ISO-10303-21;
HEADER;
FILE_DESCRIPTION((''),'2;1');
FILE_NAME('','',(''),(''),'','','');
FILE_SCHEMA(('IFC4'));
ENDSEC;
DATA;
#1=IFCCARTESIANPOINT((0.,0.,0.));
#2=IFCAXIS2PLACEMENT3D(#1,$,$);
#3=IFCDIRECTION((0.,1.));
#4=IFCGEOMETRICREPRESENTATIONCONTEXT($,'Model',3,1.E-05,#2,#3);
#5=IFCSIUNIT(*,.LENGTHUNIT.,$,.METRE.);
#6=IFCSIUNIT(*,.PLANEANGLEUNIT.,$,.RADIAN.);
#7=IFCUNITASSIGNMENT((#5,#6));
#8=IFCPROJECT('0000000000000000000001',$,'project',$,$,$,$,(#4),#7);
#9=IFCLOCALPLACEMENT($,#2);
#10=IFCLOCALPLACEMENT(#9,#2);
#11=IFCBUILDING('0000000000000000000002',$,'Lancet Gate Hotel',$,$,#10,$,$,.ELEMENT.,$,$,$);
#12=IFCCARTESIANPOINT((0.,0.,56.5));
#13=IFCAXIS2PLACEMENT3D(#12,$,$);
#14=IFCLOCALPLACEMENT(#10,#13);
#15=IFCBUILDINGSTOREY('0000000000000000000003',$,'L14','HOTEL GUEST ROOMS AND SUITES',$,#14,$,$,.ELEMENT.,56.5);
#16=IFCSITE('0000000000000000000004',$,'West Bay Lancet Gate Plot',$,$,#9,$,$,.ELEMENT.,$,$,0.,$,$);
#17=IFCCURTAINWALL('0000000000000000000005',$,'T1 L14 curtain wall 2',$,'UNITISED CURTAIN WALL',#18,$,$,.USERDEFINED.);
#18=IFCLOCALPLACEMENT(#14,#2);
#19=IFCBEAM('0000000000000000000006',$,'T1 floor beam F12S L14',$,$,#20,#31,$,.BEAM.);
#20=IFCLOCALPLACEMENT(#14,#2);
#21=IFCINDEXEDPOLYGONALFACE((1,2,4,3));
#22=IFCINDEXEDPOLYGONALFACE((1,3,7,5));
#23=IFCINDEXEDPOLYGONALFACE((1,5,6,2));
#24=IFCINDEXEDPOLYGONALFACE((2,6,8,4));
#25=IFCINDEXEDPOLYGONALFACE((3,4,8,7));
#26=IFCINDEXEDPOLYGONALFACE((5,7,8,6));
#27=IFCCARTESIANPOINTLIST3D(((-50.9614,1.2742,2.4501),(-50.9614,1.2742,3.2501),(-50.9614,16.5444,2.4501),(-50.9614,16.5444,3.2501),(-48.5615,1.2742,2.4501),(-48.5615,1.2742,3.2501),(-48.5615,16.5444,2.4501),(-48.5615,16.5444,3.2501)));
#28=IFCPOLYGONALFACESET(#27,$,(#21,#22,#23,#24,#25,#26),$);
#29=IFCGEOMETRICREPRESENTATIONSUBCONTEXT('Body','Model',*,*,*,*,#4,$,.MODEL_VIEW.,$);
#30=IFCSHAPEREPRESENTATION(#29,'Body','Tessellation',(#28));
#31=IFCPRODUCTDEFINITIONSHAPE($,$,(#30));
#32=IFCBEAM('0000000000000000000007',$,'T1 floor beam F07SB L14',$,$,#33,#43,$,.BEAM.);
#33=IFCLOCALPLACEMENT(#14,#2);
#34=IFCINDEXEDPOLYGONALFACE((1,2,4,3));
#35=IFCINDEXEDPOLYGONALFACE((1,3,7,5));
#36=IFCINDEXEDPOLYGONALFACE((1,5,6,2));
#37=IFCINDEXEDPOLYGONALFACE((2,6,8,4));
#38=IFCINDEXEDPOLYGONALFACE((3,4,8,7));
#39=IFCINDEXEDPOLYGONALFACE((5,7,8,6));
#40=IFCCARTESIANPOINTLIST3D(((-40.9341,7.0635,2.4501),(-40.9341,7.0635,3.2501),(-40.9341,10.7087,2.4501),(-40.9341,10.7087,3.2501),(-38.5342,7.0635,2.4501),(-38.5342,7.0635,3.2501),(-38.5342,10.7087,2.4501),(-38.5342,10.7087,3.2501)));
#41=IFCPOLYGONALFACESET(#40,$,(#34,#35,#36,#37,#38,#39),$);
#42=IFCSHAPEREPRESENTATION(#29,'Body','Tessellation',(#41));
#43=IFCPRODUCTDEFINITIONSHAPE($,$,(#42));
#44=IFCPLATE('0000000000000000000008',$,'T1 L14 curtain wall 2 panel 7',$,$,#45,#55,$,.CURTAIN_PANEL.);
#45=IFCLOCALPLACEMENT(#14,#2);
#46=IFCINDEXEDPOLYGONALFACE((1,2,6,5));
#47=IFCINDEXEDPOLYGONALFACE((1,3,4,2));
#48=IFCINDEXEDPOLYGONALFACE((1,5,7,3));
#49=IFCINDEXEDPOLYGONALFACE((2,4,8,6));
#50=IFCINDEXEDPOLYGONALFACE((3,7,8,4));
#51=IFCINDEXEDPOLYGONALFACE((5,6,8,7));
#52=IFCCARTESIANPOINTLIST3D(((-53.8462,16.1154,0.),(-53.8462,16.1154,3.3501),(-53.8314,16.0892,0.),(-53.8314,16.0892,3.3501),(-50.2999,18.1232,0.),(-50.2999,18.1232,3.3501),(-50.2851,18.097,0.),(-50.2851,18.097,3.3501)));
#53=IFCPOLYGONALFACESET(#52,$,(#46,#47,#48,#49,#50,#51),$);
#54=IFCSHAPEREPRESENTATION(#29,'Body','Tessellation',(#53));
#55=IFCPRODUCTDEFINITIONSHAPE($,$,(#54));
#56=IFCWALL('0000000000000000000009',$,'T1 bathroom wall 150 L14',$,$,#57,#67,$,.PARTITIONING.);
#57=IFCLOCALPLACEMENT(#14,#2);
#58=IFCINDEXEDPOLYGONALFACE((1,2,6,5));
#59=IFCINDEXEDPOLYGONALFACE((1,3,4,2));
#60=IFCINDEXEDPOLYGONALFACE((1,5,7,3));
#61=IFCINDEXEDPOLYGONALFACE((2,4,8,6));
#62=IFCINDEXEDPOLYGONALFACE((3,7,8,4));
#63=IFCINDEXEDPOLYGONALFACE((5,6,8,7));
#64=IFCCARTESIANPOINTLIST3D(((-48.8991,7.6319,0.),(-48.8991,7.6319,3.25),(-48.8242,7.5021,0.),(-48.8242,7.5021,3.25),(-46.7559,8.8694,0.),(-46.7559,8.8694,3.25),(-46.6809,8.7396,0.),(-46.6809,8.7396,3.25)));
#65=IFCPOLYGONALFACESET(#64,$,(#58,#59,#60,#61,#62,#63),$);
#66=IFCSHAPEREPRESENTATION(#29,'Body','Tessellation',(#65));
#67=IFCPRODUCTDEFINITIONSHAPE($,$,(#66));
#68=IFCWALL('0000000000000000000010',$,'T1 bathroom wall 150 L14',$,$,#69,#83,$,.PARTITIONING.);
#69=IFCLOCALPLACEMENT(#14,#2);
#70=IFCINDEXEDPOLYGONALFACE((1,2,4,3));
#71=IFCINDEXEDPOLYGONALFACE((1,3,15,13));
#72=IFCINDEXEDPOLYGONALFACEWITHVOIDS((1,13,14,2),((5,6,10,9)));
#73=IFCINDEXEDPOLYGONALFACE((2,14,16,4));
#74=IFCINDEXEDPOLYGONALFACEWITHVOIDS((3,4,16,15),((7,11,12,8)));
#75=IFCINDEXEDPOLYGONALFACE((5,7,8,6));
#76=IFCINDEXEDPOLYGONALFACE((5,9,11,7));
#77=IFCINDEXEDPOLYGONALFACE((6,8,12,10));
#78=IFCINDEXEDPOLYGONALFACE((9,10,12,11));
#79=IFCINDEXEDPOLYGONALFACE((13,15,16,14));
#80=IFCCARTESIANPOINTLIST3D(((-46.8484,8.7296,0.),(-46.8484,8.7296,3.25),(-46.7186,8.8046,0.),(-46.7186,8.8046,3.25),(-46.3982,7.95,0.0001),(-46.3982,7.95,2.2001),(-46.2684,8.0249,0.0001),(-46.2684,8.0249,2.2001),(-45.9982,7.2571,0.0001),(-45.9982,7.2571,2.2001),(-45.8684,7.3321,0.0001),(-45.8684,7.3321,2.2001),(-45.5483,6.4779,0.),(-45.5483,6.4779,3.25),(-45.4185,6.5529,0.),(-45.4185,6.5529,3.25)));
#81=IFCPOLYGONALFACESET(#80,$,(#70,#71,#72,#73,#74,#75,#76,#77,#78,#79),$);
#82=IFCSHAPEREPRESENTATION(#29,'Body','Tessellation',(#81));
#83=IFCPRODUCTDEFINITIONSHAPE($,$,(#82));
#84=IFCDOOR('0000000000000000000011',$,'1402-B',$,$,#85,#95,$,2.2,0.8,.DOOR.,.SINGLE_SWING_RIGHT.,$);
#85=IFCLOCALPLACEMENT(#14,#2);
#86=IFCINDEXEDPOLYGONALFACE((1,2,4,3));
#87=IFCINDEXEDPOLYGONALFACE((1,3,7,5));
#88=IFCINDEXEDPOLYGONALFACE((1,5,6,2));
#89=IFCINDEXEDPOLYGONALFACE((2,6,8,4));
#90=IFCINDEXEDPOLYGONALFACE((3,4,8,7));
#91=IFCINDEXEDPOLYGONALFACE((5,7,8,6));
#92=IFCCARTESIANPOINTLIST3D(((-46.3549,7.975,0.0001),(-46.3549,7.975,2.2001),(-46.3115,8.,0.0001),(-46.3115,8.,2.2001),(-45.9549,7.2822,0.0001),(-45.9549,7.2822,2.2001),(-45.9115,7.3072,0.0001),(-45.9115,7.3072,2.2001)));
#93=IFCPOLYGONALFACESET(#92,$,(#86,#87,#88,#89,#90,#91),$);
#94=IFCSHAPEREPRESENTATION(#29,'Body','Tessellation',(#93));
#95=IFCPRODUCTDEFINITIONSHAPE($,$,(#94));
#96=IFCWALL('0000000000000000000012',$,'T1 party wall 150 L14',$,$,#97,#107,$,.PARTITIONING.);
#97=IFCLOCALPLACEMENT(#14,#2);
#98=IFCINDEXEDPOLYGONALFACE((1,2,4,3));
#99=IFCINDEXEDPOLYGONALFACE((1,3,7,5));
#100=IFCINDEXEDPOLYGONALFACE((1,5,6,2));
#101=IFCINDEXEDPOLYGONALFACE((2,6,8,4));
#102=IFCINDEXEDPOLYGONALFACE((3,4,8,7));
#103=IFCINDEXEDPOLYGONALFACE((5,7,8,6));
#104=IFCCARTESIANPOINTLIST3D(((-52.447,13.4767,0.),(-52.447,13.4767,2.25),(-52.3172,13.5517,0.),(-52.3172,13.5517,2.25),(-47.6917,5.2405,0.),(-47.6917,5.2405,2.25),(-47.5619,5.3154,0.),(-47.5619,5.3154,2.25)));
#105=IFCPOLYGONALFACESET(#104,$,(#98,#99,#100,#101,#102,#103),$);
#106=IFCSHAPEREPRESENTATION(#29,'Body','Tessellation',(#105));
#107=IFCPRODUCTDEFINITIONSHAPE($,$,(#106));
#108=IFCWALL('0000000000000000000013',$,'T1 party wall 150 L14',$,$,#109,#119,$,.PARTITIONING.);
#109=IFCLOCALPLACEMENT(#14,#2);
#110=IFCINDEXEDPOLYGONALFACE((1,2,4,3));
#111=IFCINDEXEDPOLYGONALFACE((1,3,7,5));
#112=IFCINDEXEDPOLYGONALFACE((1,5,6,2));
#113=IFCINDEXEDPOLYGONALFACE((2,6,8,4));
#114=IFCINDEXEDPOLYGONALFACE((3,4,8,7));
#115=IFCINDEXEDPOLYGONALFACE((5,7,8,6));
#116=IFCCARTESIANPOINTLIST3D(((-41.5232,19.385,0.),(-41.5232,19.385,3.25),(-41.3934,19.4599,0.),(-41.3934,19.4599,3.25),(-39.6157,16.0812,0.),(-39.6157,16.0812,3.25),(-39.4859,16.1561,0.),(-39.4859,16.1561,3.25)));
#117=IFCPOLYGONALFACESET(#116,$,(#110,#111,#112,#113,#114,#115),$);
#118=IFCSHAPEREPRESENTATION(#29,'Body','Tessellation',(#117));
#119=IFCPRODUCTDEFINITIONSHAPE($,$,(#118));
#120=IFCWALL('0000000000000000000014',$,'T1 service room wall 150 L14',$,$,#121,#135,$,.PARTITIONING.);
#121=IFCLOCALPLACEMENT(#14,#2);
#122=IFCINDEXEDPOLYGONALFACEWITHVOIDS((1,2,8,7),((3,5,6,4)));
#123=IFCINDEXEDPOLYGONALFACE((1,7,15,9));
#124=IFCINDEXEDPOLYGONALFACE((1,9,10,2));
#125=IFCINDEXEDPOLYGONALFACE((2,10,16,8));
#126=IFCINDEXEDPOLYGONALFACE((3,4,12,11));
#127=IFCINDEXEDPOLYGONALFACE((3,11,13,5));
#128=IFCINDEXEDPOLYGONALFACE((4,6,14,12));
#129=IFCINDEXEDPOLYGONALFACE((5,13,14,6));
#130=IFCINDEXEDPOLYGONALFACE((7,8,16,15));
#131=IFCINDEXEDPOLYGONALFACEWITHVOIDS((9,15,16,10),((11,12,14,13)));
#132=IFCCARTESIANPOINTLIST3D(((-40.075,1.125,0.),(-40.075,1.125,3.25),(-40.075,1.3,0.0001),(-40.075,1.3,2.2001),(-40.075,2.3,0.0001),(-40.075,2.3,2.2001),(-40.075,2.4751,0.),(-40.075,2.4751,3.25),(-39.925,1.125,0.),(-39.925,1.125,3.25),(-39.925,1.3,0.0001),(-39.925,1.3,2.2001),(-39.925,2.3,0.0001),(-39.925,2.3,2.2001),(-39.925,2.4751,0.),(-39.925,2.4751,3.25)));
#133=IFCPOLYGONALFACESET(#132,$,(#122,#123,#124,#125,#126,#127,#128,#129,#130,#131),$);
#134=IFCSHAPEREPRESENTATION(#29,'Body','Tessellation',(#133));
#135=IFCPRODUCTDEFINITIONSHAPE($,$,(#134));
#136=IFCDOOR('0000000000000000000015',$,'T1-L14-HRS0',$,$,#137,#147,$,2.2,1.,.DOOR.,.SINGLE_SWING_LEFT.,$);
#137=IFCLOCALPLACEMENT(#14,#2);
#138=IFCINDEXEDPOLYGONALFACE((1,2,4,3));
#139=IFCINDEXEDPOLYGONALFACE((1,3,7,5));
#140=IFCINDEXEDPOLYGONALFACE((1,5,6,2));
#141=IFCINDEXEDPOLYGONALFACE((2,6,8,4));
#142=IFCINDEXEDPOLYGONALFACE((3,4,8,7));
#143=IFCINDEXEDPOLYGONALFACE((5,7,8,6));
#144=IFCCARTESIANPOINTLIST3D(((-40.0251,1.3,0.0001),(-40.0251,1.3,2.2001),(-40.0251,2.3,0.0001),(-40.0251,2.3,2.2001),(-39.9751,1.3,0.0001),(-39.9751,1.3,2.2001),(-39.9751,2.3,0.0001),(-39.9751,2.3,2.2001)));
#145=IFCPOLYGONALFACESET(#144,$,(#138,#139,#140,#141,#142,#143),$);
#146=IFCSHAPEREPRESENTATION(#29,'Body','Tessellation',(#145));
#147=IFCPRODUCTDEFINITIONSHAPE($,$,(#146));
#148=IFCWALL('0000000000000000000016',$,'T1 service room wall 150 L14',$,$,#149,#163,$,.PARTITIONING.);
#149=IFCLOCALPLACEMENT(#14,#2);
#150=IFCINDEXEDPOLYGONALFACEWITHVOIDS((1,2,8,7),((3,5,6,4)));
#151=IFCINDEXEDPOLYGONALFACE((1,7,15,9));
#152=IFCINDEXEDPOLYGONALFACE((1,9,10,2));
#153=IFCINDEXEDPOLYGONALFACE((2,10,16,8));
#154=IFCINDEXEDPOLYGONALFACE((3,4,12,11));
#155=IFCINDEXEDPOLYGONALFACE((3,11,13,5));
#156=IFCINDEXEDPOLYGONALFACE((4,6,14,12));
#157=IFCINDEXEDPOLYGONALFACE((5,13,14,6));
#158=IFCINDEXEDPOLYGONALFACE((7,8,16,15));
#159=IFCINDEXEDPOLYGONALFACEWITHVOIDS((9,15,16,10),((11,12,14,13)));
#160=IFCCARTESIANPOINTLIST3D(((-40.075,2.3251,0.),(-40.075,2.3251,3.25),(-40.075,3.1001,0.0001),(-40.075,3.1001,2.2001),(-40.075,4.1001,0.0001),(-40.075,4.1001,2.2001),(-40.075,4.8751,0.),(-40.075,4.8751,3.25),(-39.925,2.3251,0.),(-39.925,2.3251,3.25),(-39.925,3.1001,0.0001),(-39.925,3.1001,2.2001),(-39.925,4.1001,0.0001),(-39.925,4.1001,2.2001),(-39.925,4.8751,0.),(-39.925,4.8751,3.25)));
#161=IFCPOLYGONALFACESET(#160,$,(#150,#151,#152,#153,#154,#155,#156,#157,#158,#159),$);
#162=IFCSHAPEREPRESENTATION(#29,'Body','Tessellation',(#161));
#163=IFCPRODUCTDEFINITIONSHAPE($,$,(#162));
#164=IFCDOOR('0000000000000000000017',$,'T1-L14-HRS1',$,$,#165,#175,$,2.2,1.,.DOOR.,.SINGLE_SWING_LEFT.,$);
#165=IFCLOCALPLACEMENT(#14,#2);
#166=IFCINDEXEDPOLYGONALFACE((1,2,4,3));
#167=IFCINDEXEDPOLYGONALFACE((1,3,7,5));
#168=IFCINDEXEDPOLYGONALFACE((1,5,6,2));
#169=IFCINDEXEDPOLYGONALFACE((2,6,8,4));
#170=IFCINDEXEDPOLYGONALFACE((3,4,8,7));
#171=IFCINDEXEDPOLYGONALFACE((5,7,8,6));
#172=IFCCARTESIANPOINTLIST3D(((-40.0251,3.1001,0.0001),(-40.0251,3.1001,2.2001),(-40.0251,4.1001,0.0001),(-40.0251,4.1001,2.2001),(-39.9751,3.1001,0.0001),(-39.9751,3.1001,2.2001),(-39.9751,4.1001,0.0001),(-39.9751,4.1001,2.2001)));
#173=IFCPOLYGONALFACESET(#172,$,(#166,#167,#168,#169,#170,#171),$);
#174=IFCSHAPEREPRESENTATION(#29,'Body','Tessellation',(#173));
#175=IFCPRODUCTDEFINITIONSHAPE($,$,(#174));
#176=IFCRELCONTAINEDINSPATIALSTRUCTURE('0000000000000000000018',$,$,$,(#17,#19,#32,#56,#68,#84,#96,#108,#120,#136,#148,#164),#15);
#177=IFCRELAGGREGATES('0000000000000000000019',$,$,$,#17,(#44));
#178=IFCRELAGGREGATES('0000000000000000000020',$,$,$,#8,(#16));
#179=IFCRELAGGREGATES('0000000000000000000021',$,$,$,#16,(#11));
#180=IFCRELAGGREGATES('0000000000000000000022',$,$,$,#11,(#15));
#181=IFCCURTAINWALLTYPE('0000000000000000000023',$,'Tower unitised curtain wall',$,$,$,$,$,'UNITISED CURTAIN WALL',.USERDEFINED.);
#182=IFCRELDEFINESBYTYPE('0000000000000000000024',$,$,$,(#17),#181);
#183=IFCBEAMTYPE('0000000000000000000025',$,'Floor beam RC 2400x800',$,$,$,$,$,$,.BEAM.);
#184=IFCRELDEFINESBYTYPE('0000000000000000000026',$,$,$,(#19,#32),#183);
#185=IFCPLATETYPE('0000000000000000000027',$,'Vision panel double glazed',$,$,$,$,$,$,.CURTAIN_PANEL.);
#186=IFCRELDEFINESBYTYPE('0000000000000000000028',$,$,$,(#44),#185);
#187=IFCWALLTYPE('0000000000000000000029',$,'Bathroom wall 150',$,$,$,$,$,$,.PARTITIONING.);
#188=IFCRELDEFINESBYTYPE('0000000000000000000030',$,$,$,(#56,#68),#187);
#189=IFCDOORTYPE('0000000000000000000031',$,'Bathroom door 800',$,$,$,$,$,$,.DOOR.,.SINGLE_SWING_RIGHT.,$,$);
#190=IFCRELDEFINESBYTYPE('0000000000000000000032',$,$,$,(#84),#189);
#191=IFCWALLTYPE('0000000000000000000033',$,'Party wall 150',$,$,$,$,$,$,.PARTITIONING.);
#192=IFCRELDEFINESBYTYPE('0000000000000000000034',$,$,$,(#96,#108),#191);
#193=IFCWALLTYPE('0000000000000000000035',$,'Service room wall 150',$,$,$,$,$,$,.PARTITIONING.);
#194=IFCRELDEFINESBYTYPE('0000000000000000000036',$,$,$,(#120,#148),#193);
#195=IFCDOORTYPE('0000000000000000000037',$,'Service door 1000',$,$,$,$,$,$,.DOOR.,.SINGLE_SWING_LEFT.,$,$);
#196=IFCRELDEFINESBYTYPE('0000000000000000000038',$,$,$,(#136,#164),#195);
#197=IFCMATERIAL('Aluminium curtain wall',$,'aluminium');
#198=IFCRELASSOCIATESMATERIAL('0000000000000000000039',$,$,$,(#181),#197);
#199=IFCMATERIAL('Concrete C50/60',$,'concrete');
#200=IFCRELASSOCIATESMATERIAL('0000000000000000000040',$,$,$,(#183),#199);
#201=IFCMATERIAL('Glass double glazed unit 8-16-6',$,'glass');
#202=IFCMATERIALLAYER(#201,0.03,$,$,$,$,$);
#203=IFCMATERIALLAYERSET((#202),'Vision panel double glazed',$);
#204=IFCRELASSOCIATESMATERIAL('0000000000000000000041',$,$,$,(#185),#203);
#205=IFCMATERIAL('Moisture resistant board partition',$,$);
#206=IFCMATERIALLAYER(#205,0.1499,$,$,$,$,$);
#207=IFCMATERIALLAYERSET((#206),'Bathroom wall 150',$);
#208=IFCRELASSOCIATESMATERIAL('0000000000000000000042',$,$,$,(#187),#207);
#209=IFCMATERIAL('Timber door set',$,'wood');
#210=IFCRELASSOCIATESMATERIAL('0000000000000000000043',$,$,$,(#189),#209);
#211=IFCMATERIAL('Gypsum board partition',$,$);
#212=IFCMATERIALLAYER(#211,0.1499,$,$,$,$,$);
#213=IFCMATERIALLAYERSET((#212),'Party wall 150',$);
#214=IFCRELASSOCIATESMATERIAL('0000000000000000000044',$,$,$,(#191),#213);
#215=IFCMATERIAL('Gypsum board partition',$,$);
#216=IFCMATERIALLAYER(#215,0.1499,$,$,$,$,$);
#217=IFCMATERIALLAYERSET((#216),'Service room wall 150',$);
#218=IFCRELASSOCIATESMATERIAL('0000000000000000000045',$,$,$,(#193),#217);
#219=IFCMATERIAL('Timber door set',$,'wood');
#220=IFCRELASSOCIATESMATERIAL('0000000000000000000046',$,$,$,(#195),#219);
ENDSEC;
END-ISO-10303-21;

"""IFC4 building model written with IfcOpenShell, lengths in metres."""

from ifc_helpers import new_model, si_unit, direction, frame, frame_2d, origin, origin_2d, place, context, subcontext, project, spatial, rectangle, extrude, material, layer, layer_set, material_profile, profile_set, type_object, element, fill, aggregate, save


model = new_model("IFC4")

# Units and contexts
model_context = context("Model", 3, precision=1e-05, world=origin(), true_north=direction((0.0, 1.0)))
body_context = subcontext(model_context, "Body", "Model", "MODEL_VIEW")
ifc_project = project(units=[si_unit("LENGTHUNIT", "METRE"), si_unit("PLANEANGLEUNIT", "RADIAN")], contexts=[model_context])

# Site, building, storey
site_placement = place(None, origin())
site = spatial("IfcSite", under=ifc_project, at=site_placement, Name="West Bay Lancet Gate Plot", CompositionType="ELEMENT", RefElevation=0.0)
building_placement = place(site_placement, origin())
building = spatial("IfcBuilding", under=site, at=building_placement, Name="Lancet Gate Hotel", CompositionType="ELEMENT")
storey_placement = place(building_placement, frame((0.0, 0.0, 56.5)))
storey = spatial("IfcBuildingStorey", under=building, at=storey_placement, Name="L14", Description="HOTEL GUEST ROOMS AND SUITES", CompositionType="ELEMENT", Elevation=56.5)

# Curtain wall
ifc_material_1 = material(Name="Aluminium curtain wall", Category="aluminium")
curtain_wall_type = type_object("IfcCurtainWallType", Name="Tower unitised curtain wall", ElementType="UNITISED CURTAIN WALL", PredefinedType="USERDEFINED", material=ifc_material_1)
curtain_wall_placement = place(storey_placement, origin())
curtain_wall = element("IfcCurtainWall", 1, at=curtain_wall_placement, inside=storey, type_object=curtain_wall_type, Name="T1 L14 curtain wall 2", ObjectType="UNITISED CURTAIN WALL", PredefinedType="USERDEFINED")

# Beams
ifc_material_2 = material(Name="Concrete C50/60", Category="concrete")
ifc_material_profile_1 = material_profile(ifc_material_2, rectangle(XDim=2.3999, YDim=0.8, at=origin_2d()), Name="RC 2400x800")
ifc_profile_set_1 = profile_set([ifc_material_profile_1], Name="Concrete C50/60")
beam_type_1 = type_object("IfcBeamType", Name="Floor beam RC 2400x800", PredefinedType="BEAM", material=ifc_profile_set_1)
beam_1_placement = place(storey_placement, frame((-49.7615, 16.5444, 2.8501), z_axis=(0.0, -1.0, 0.0), x_axis=(1.0, 0.0, 0.0)))
element("IfcBeam", 2, at=beam_1_placement, inside=storey, type_object=beam_type_1, Name="T1 floor beam F12S L14", PredefinedType="BEAM", context=body_context, shape_type="SweptSolid", body=[
    extrude(rectangle(XDim=2.3999, YDim=0.8, at=origin_2d()), origin(), (0.0, 0.0, 1.0), 15.2703),
])
beam_2_placement = place(storey_placement, frame((-39.7341, 10.7087, 2.8501), z_axis=(0.0, -1.0, 0.0), x_axis=(1.0, 0.0, 0.0)))
element("IfcBeam", 3, at=beam_2_placement, inside=storey, type_object=beam_type_1, Name="T1 floor beam F07SB L14", PredefinedType="BEAM", context=body_context, shape_type="SweptSolid", body=[
    extrude(rectangle(XDim=2.3999, YDim=0.8, at=origin_2d()), origin(), (0.0, 0.0, 1.0), 3.6453),
])

# Plate
ifc_material_3 = material(Name="Glass double glazed unit 8-16-6", Category="glass")
ifc_layer_1 = layer(ifc_material_3, 0.03)
ifc_layer_set_1 = layer_set([ifc_layer_1], Name="Vision panel double glazed")
plate_type = type_object("IfcPlateType", Name="Vision panel double glazed", PredefinedType="CURTAIN_PANEL", material=ifc_layer_set_1)
plate_placement = place(storey_placement, frame((-52.0657, 17.1062, 0.0), z_axis=(0.0, 0.0, 1.0), x_axis=(-0.870205, -0.49269, 0.0)))
plate = element("IfcPlate", 4, at=plate_placement, type_object=plate_type, Name="T1 L14 curtain wall 2 panel 7", PredefinedType="CURTAIN_PANEL", context=body_context, shape_type="SweptSolid", body=[
    extrude(rectangle(XDim=4.0752, YDim=0.03, at=origin_2d()), origin(), (0.0, 0.0, 1.0), 3.3501),
])
aggregate(curtain_wall, [plate])

# Wall
ifc_material_4 = material(Name="Moisture resistant board partition")
ifc_layer_2 = layer(ifc_material_4, 0.1499)
ifc_layer_set_2 = layer_set([ifc_layer_2], Name="Bathroom wall 150")
wall_type_1 = type_object("IfcWallType", Name="Bathroom wall 150", PredefinedType="PARTITIONING", material=ifc_layer_set_2)
wall_1_placement = place(storey_placement, frame((-46.7185, 8.8044, 0.0), z_axis=(0.0, 0.0, 1.0), x_axis=(-0.866007, -0.500033, 0.0)))
element("IfcWall", 5, at=wall_1_placement, inside=storey, type_object=wall_type_1, Name="T1 bathroom wall 150 L14", PredefinedType="PARTITIONING", context=body_context, shape_type="SweptSolid", body=[
    extrude(rectangle(XDim=2.4749, YDim=0.1499, at=frame_2d((1.2373, 0.0))), origin(), (0.0, 0.0, 1.0), 3.25),
])

# Wall, opening, door
wall_2_placement = place(storey_placement, frame((-45.4834, 6.5154, 0.0), z_axis=(0.0, 0.0, 1.0), x_axis=(-0.500007, 0.866021, 0.0)))
wall_2 = element("IfcWall", 6, at=wall_2_placement, inside=storey, type_object=wall_type_1, Name="T1 bathroom wall 150 L14", PredefinedType="PARTITIONING", context=body_context, shape_type="SweptSolid", body=[
    extrude(rectangle(XDim=2.6001, YDim=0.1499, at=frame_2d((1.3, 0.0))), origin(), (0.0, 0.0, 1.0), 3.25),
])
opening_1_placement = place(wall_2_placement, frame((0.8999, 0.0, 0.0)))
opening_1 = element("IfcOpeningElement", 7, at=opening_1_placement, cuts=wall_2, PredefinedType="OPENING", context=body_context, shape_type="SweptSolid", body=[
    extrude(rectangle(XDim=0.8, YDim=2.2, at=frame_2d((0.3999, 1.1001))), frame((0.0, 0.085, 0.0), z_axis=(0.0, -1.0, 0.0), x_axis=(1.0, 0.0, 0.0)), (0.0, 0.0, 1.0), 0.1699),
])
ifc_material_5 = material(Name="Timber door set", Category="wood")
door_type_1 = type_object("IfcDoorType", Name="Bathroom door 800", OperationType="SINGLE_SWING_RIGHT", PredefinedType="DOOR", material=ifc_material_5)
door_1_placement = place(opening_1_placement, origin())
door_1 = element("IfcDoor", 8, at=door_1_placement, inside=storey, type_object=door_type_1, Name="1402-B", OperationType="SINGLE_SWING_RIGHT", OverallHeight=2.2, OverallWidth=0.8, PredefinedType="DOOR", context=body_context, shape_type="SweptSolid", body=[
    extrude(rectangle(XDim=0.8, YDim=2.2, at=frame_2d((0.3999, 1.1001))), frame((0.0, 0.0249, 0.0), z_axis=(0.0, -1.0, 0.0), x_axis=(1.0, 0.0, 0.0)), (0.0, 0.0, 1.0), 0.05),
])
fill(opening_1, door_1)

# Walls
ifc_material_6 = material(Name="Gypsum board partition")
ifc_layer_3 = layer(ifc_material_6, 0.1499)
ifc_layer_set_3 = layer_set([ifc_layer_3], Name="Party wall 150")
wall_type_2 = type_object("IfcWallType", Name="Party wall 150", PredefinedType="PARTITIONING", material=ifc_layer_set_3)
wall_3_placement = place(storey_placement, frame((-47.6267, 5.2778, 0.0), z_axis=(0.0, 0.0, 1.0), x_axis=(-0.50001, 0.86602, 0.0)))
element("IfcWall", 9, at=wall_3_placement, inside=storey, type_object=wall_type_2, Name="T1 party wall 150 L14", PredefinedType="PARTITIONING", context=body_context, shape_type="SweptSolid", body=[
    extrude(rectangle(XDim=9.5105, YDim=0.1499, at=frame_2d((4.7554, 0.0))), origin(), (0.0, 0.0, 1.0), 2.25),
])
wall_4_placement = place(storey_placement, frame((-39.5508, 16.1187, 0.0), z_axis=(0.0, 0.0, 1.0), x_axis=(-0.500014, 0.866017, 0.0)))
element("IfcWall", 10, at=wall_4_placement, inside=storey, type_object=wall_type_2, Name="T1 party wall 150 L14", PredefinedType="PARTITIONING", context=body_context, shape_type="SweptSolid", body=[
    extrude(rectangle(XDim=3.8149, YDim=0.1499, at=frame_2d((1.9075, 0.0))), origin(), (0.0, 0.0, 1.0), 3.25),
])

# Walls, openings, doors
ifc_material_7 = material(Name="Gypsum board partition")
ifc_layer_4 = layer(ifc_material_7, 0.1499)
ifc_layer_set_4 = layer_set([ifc_layer_4], Name="Service room wall 150")
wall_type_3 = type_object("IfcWallType", Name="Service room wall 150", PredefinedType="PARTITIONING", material=ifc_layer_set_4)
wall_5_placement = place(storey_placement, frame((-40.0, 2.4751, 0.0), z_axis=(0.0, 0.0, 1.0), x_axis=(0.0, -1.0, 0.0)))
wall_5 = element("IfcWall", 11, at=wall_5_placement, inside=storey, type_object=wall_type_3, Name="T1 service room wall 150 L14", PredefinedType="PARTITIONING", context=body_context, shape_type="SweptSolid", body=[
    extrude(rectangle(XDim=1.3501, YDim=0.1499, at=frame_2d((0.675, 0.0))), origin(), (0.0, 0.0, 1.0), 3.25),
])
opening_2_placement = place(wall_5_placement, frame((0.175, 0.0, 0.0)))
opening_2 = element("IfcOpeningElement", 12, at=opening_2_placement, cuts=wall_5, PredefinedType="OPENING", context=body_context, shape_type="SweptSolid", body=[
    extrude(rectangle(XDim=1.0, YDim=2.2, at=frame_2d((0.5, 1.1001))), frame((0.0, 0.085, 0.0), z_axis=(0.0, -1.0, 0.0), x_axis=(1.0, 0.0, 0.0)), (0.0, 0.0, 1.0), 0.1699),
])
ifc_material_8 = material(Name="Timber door set", Category="wood")
door_type_2 = type_object("IfcDoorType", Name="Service door 1000", OperationType="SINGLE_SWING_LEFT", PredefinedType="DOOR", material=ifc_material_8)
door_2_placement = place(opening_2_placement, origin())
door_2 = element("IfcDoor", 13, at=door_2_placement, inside=storey, type_object=door_type_2, Name="T1-L14-HRS0", OperationType="SINGLE_SWING_LEFT", OverallHeight=2.2, OverallWidth=1.0, PredefinedType="DOOR", context=body_context, shape_type="SweptSolid", body=[
    extrude(rectangle(XDim=1.0, YDim=2.2, at=frame_2d((0.5, 1.1001))), frame((0.0, 0.0249, 0.0), z_axis=(0.0, -1.0, 0.0), x_axis=(1.0, 0.0, 0.0)), (0.0, 0.0, 1.0), 0.05),
])
fill(opening_2, door_2)
wall_6_placement = place(storey_placement, frame((-40.0, 4.875, 0.0), z_axis=(0.0, 0.0, 1.0), x_axis=(0.0, -1.0, 0.0)))
wall_6 = element("IfcWall", 14, at=wall_6_placement, inside=storey, type_object=wall_type_3, Name="T1 service room wall 150 L14", PredefinedType="PARTITIONING", context=body_context, shape_type="SweptSolid", body=[
    extrude(rectangle(XDim=2.55, YDim=0.1499, at=frame_2d((1.2749, 0.0))), origin(), (0.0, 0.0, 1.0), 3.25),
])
opening_3_placement = place(wall_6_placement, frame((0.7749, 0.0, 0.0)))
opening_3 = element("IfcOpeningElement", 15, at=opening_3_placement, cuts=wall_6, PredefinedType="OPENING", context=body_context, shape_type="SweptSolid", body=[
    extrude(rectangle(XDim=1.0, YDim=2.2, at=frame_2d((0.5, 1.1001))), frame((0.0, 0.085, 0.0), z_axis=(0.0, -1.0, 0.0), x_axis=(1.0, 0.0, 0.0)), (0.0, 0.0, 1.0), 0.1699),
])
door_3_placement = place(opening_3_placement, origin())
door_3 = element("IfcDoor", 16, at=door_3_placement, inside=storey, type_object=door_type_2, Name="T1-L14-HRS1", OperationType="SINGLE_SWING_LEFT", OverallHeight=2.2, OverallWidth=1.0, PredefinedType="DOOR", context=body_context, shape_type="SweptSolid", body=[
    extrude(rectangle(XDim=1.0, YDim=2.2, at=frame_2d((0.5, 1.1001))), frame((0.0, 0.0249, 0.0), z_axis=(0.0, -1.0, 0.0), x_axis=(1.0, 0.0, 0.0)), (0.0, 0.0, 1.0), 0.05),
])
fill(opening_3, door_3)

save(model, "model.ifc")
